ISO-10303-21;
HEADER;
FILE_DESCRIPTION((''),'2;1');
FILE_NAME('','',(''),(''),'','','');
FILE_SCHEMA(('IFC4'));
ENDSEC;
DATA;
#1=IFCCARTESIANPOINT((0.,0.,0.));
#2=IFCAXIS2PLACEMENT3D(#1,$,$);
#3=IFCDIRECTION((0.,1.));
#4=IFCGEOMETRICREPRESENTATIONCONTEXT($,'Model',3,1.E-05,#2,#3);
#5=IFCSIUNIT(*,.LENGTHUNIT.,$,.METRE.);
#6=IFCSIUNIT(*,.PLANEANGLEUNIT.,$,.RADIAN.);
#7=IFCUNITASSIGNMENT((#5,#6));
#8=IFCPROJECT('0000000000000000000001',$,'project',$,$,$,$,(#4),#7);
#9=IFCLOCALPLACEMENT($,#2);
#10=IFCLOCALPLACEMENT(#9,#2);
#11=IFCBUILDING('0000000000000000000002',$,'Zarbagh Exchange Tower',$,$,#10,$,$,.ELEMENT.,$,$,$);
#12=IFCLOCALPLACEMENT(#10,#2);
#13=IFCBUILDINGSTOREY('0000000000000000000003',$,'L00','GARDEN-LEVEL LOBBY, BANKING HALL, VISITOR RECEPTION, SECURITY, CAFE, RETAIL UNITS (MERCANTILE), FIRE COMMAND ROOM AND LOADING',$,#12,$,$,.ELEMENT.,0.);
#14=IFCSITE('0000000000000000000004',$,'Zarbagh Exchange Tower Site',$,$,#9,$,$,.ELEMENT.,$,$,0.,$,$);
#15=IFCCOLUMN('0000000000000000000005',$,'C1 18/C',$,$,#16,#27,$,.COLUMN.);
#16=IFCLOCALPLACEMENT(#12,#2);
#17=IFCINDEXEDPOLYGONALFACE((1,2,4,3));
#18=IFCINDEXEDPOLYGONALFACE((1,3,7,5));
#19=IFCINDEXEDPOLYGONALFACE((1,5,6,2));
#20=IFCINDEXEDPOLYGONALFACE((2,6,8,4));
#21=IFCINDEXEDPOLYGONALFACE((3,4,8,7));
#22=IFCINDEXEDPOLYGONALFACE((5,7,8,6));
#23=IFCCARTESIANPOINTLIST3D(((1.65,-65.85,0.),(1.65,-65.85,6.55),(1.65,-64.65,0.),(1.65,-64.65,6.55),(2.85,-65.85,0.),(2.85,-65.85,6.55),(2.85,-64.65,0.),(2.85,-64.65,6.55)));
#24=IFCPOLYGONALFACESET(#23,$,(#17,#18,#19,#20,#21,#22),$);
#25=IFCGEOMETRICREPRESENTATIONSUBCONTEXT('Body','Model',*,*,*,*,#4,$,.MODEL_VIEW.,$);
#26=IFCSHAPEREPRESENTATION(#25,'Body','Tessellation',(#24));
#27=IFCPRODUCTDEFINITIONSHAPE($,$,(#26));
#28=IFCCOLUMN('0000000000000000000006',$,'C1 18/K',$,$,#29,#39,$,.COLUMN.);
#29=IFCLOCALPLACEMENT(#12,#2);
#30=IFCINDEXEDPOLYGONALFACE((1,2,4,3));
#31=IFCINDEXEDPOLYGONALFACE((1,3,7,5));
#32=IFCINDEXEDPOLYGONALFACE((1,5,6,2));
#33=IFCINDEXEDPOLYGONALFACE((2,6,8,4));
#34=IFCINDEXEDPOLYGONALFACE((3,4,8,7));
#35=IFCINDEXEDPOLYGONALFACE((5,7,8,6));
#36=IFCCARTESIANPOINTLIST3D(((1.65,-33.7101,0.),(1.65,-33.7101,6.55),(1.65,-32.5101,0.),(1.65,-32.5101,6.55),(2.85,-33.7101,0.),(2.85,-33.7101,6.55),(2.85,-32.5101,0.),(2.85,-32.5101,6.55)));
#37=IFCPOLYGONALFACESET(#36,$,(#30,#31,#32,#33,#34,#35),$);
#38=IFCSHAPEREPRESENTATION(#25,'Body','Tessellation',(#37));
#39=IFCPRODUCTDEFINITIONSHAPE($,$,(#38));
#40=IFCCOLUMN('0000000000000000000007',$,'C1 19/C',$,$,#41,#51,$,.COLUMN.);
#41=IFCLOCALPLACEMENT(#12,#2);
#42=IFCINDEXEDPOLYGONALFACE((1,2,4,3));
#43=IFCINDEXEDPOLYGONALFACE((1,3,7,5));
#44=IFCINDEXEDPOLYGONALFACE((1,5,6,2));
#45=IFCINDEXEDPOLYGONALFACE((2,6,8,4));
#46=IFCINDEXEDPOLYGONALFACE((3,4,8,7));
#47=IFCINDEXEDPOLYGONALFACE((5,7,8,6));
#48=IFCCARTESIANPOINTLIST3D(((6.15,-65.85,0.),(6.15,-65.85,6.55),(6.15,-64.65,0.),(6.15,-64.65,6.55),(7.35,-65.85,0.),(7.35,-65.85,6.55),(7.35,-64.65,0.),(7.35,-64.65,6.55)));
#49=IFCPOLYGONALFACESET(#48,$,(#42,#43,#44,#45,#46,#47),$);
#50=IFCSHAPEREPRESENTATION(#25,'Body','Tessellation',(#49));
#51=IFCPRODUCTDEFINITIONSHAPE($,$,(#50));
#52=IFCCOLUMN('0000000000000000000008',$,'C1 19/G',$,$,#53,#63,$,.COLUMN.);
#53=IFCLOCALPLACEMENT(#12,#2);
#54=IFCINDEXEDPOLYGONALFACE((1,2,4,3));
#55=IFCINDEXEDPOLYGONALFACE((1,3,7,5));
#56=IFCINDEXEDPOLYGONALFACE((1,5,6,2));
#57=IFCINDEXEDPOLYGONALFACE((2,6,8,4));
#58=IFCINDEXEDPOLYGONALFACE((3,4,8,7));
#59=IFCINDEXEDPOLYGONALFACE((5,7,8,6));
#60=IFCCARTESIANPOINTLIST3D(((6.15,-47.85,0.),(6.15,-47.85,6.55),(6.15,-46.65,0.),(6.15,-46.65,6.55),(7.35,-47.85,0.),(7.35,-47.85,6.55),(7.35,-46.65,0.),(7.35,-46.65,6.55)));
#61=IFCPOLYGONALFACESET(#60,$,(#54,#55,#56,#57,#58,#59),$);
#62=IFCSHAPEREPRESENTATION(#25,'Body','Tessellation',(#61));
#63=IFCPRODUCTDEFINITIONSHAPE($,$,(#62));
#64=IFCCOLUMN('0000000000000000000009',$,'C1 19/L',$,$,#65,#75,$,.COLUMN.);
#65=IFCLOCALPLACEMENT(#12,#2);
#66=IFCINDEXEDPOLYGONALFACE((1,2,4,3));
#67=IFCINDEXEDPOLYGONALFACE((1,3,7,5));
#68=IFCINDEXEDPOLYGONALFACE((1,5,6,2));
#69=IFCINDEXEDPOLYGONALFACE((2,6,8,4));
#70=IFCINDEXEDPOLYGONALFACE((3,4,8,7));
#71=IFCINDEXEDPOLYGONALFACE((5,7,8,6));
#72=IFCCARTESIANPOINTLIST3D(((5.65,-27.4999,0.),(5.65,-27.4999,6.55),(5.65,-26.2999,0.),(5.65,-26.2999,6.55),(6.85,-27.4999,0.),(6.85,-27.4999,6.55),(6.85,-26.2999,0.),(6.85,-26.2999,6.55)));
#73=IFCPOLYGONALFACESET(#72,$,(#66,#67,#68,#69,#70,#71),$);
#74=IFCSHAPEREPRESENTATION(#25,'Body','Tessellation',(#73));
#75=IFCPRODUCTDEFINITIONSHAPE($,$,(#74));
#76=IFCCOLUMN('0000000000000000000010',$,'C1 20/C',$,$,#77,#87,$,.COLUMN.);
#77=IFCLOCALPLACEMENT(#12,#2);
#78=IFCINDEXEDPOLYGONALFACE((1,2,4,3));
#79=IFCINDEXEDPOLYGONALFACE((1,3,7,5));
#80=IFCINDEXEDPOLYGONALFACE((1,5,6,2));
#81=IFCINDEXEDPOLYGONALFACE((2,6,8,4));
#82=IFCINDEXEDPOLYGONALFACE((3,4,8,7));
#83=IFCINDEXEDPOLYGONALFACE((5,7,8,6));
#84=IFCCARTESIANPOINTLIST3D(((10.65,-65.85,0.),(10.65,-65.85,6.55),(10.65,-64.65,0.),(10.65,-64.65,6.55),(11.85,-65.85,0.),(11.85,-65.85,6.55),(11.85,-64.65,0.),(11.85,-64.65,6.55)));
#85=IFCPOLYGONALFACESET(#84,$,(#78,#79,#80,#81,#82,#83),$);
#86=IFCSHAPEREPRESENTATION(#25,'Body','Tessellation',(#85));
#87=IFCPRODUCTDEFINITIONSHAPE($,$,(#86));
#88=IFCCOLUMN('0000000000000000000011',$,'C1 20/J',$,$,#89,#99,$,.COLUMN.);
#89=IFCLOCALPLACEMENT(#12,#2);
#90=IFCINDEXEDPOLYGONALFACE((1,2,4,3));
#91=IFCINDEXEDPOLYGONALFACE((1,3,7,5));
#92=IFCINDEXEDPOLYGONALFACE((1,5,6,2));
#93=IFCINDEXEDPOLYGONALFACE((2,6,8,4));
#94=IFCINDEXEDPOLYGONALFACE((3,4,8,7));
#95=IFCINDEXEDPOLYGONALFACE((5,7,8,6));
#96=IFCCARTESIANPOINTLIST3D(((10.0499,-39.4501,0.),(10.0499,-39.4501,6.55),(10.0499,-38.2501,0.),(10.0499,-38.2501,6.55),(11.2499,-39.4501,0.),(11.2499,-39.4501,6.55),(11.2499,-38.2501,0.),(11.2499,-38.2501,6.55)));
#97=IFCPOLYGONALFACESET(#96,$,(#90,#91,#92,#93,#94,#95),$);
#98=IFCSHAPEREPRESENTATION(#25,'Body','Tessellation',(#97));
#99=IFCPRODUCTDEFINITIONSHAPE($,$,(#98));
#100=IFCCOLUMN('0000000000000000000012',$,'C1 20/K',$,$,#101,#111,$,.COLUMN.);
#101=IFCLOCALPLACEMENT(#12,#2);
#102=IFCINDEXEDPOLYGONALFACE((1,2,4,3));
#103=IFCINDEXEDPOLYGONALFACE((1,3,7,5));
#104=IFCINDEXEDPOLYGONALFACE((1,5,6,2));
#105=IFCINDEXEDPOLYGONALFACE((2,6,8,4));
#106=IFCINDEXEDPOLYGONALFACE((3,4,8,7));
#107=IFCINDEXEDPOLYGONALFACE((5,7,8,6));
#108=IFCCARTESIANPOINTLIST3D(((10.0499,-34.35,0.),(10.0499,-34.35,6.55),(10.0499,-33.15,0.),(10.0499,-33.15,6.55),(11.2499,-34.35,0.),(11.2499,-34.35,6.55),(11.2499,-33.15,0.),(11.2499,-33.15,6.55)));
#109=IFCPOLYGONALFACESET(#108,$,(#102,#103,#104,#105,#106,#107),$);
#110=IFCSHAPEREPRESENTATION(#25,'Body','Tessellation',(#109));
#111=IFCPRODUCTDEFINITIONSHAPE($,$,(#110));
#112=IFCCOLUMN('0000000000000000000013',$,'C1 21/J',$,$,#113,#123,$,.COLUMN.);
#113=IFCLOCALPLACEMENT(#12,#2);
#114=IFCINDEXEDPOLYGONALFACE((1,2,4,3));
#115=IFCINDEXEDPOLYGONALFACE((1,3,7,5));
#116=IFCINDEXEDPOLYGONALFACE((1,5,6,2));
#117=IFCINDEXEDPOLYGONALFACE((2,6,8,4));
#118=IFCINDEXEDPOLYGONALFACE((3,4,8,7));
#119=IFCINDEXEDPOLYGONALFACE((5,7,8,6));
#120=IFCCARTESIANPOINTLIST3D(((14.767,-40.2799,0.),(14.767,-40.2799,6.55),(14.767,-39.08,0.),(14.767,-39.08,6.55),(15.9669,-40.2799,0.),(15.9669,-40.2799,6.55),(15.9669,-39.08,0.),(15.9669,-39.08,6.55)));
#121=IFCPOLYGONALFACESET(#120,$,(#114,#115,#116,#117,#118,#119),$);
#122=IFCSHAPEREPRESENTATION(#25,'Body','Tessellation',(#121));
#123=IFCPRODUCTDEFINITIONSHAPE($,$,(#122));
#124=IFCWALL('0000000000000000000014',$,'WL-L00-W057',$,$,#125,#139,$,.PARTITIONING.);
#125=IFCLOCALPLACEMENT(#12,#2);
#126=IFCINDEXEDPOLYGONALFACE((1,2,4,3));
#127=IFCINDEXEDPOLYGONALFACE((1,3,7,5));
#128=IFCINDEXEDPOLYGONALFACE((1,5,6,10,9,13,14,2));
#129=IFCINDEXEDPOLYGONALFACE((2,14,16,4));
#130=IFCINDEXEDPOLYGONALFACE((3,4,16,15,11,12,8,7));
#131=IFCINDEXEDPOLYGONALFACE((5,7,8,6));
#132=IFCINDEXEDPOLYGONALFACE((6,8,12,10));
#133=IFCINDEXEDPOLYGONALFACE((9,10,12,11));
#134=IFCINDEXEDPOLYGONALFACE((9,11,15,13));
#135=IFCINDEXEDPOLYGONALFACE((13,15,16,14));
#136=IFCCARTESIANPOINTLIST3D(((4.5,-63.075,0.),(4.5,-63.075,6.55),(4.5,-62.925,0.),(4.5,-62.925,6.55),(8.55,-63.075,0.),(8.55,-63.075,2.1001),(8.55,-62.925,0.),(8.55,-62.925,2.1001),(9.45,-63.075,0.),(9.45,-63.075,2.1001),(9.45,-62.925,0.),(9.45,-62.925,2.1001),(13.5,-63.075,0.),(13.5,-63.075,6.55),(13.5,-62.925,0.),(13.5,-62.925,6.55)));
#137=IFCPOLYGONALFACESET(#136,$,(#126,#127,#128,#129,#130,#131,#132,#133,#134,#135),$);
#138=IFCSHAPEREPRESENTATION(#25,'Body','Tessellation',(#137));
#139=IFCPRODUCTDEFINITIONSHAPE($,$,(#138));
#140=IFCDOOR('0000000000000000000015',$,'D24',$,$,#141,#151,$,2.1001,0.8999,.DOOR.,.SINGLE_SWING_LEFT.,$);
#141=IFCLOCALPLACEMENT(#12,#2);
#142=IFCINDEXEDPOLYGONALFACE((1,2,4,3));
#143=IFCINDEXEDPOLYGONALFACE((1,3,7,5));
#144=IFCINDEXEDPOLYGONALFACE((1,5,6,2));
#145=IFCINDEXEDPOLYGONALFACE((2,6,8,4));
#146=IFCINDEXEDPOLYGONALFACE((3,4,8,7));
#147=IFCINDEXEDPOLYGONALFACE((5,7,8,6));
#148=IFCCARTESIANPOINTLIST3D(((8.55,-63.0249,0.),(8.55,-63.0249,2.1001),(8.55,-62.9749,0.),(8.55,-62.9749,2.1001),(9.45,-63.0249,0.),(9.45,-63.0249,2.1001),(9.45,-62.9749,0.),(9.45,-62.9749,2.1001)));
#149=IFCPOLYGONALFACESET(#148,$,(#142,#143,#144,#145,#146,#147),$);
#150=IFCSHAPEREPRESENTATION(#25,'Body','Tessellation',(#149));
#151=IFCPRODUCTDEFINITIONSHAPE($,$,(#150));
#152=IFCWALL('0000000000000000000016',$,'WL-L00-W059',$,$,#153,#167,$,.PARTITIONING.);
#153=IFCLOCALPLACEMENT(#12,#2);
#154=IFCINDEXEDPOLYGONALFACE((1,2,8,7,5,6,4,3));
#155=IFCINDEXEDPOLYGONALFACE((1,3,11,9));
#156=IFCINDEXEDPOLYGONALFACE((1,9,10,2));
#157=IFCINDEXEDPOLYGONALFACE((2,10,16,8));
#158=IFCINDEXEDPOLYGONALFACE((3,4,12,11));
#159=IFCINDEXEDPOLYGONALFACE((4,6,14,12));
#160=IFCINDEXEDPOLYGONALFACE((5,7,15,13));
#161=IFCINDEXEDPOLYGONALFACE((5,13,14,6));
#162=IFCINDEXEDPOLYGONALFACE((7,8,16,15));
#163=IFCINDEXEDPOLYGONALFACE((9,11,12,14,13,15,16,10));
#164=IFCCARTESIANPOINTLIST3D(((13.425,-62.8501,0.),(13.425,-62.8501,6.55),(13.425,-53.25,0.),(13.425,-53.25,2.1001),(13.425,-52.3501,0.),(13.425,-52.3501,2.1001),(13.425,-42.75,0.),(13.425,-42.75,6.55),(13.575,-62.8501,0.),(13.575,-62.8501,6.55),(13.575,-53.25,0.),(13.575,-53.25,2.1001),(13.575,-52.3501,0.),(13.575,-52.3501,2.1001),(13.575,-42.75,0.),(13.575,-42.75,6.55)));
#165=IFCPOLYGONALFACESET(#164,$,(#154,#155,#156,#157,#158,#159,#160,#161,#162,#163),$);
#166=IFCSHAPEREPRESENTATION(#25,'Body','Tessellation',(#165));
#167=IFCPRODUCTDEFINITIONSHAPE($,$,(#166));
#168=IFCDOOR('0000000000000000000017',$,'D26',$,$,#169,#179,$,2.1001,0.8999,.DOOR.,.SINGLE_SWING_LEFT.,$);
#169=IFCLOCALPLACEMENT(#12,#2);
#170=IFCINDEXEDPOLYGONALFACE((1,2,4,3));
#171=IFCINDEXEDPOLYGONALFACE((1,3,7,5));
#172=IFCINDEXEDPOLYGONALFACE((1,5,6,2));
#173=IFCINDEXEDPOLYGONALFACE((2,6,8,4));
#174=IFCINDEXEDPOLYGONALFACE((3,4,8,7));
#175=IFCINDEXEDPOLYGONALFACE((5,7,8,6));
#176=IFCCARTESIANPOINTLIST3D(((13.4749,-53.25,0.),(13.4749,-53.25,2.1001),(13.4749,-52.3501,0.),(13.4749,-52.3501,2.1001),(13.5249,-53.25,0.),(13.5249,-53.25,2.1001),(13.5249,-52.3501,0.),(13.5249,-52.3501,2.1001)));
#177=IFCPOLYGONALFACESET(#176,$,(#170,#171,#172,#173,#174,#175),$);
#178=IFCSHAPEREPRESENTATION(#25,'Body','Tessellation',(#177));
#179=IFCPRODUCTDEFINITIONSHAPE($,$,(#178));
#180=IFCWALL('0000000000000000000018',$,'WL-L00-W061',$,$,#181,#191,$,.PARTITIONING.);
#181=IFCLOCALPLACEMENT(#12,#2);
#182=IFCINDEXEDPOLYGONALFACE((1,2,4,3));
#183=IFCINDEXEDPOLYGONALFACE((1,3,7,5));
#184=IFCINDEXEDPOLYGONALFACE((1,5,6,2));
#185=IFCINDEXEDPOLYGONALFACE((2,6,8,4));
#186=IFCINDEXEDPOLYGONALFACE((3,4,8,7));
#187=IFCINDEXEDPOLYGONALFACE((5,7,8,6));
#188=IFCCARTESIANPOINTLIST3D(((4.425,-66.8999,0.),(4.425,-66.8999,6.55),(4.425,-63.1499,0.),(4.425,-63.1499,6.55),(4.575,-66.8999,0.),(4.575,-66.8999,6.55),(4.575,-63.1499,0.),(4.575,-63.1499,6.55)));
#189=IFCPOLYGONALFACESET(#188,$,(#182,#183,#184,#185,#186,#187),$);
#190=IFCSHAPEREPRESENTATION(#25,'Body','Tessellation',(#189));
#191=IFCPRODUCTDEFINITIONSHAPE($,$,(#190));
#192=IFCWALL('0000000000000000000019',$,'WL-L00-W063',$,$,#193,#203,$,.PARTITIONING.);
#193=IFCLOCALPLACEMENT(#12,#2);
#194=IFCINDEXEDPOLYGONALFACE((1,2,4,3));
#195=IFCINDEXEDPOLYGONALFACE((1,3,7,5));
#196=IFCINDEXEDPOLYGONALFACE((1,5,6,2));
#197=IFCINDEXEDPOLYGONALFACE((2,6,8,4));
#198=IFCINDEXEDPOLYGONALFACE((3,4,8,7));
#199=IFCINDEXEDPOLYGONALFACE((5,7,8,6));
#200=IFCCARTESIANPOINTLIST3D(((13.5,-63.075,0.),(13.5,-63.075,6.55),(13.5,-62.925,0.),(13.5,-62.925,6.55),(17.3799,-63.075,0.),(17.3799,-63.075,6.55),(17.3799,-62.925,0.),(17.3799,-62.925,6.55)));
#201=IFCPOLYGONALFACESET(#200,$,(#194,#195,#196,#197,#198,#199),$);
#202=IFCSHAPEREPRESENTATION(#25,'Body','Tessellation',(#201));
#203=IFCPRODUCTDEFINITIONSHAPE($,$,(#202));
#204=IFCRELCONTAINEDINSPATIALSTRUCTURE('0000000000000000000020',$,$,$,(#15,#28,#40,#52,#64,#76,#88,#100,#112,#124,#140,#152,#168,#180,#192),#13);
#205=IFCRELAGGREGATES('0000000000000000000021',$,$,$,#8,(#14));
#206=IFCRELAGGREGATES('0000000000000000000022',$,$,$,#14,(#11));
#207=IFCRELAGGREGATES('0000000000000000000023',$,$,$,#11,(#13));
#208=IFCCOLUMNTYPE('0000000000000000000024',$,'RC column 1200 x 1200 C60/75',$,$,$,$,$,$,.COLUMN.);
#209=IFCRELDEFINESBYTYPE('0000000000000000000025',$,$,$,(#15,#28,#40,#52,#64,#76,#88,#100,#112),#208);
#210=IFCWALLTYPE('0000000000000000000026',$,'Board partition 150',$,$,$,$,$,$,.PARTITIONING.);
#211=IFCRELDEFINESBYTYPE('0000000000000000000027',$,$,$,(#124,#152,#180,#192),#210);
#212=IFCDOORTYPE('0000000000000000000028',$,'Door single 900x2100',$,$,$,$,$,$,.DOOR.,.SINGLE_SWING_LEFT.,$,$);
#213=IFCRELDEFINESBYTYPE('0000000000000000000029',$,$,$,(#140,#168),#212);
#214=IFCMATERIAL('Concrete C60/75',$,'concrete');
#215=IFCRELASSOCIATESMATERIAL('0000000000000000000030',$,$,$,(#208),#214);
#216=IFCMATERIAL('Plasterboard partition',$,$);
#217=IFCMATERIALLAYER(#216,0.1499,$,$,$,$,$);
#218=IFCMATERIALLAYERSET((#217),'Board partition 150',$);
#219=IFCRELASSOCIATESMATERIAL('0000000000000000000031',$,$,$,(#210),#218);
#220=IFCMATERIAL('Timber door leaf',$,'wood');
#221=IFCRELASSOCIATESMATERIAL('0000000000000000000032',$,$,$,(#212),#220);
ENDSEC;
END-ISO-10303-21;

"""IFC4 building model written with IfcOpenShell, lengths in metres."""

from ifc_helpers import new_model, si_unit, direction, frame, frame_2d, origin, origin_2d, place, context, subcontext, project, spatial, rectangle, extrude, material, layer, layer_set, material_profile, profile_set, type_object, element, fill, save


model = new_model("IFC4")

# Units and contexts
model_context = context("Model", 3, precision=1e-05, world=origin(), true_north=direction((0.0, 1.0)))
body_context = subcontext(model_context, "Body", "Model", "MODEL_VIEW")
ifc_project = project(units=[si_unit("LENGTHUNIT", "METRE"), si_unit("PLANEANGLEUNIT", "RADIAN")], contexts=[model_context])

# Site, building, storey
site_placement = place(None, origin())
site = spatial("IfcSite", under=ifc_project, at=site_placement, Name="Zarbagh Exchange Tower Site", CompositionType="ELEMENT", RefElevation=0.0)
building_placement = place(site_placement, origin())
building = spatial("IfcBuilding", under=site, at=building_placement, Name="Zarbagh Exchange Tower", CompositionType="ELEMENT")
storey_placement = place(building_placement, origin())
storey = spatial("IfcBuildingStorey", under=building, at=storey_placement, Name="L00", Description="GARDEN-LEVEL LOBBY, BANKING HALL, VISITOR RECEPTION, SECURITY, CAFE, RETAIL UNITS (MERCANTILE), FIRE COMMAND ROOM AND LOADING", CompositionType="ELEMENT", Elevation=0.0)

# Columns
ifc_material_1 = material(Name="Concrete C60/75", Category="concrete")
ifc_material_profile = material_profile(ifc_material_1, rectangle(XDim=1.2, YDim=1.2, at=origin_2d()), Name="RC column 1200 x 1200 C60/75")
ifc_profile_set = profile_set([ifc_material_profile], Name="Concrete C60/75")
column_type = type_object("IfcColumnType", Name="RC column 1200 x 1200 C60/75", PredefinedType="COLUMN", material=ifc_profile_set)
for number, where, z_axis, x_axis, name in (
    (1, (2.25, -65.25, 0.0), (0.0, 0.0, 1.0), (1.0, 0.0, 0.0), "C1 18/C"),
    (2, (2.25, -33.1101, 0.0), (0.0, 0.0, 1.0), (1.0, 0.0, 0.0), "C1 18/K"),
    (3, (6.75, -65.25, 0.0), (0.0, 0.0, 1.0), (1.0, 0.0, 0.0), "C1 19/C"),
    (4, (6.75, -47.25, 0.0), (0.0, 0.0, 1.0), (1.0, 0.0, 0.0), "C1 19/G"),
    (5, (6.25, -26.8999, 0.0), (0.0, 0.0, 1.0), (1.0, 0.0, 0.0), "C1 19/L"),
    (6, (11.25, -65.25, 0.0), (0.0, 0.0, 1.0), (1.0, 0.0, 0.0), "C1 20/C"),
    (7, (10.6499, -38.8501, 0.0), (0.0, 0.0, 1.0), (1.0, 0.0, 0.0), "C1 20/J"),
    (8, (10.6499, -33.75, 0.0), (0.0, 0.0, 1.0), (1.0, 0.0, 0.0), "C1 20/K"),
    (9, (15.3669, -39.6799, 0.0), (0.0, 0.0, 1.0), (1.0, 0.0, 0.0), "C1 21/J"),
):
    element("IfcColumn", number, at=place(storey_placement, frame(where, z_axis=z_axis, x_axis=x_axis)), inside=storey, type_object=column_type, Name=name, PredefinedType="COLUMN", context=body_context, shape_type="SweptSolid", body=[
        extrude(rectangle(XDim=1.2, YDim=1.2, at=origin_2d()), origin(), (0.0, 0.0, 1.0), 6.55),
    ])

# Walls, openings, doors
ifc_material_2 = material(Name="Plasterboard partition")
ifc_layer_1 = layer(ifc_material_2, 0.1499)
ifc_layer_set_1 = layer_set([ifc_layer_1], Name="Board partition 150")
wall_type_1 = type_object("IfcWallType", Name="Board partition 150", PredefinedType="PARTITIONING", material=ifc_layer_set_1)
wall_1_placement = place(storey_placement, frame((13.5, -63.0, 0.0), z_axis=(0.0, 0.0, 1.0), x_axis=(-1.0, 0.0, 0.0)))
wall_1 = element("IfcWall", 10, at=wall_1_placement, inside=storey, type_object=wall_type_1, Name="WL-L00-W057", PredefinedType="PARTITIONING", context=body_context, shape_type="SweptSolid", body=[
    extrude(rectangle(XDim=9.0, YDim=0.1499, at=frame_2d((4.5, 0.0))), origin(), (0.0, 0.0, 1.0), 6.55),
])
opening_1_placement = place(wall_1_placement, frame((4.05, 0.0, 0.0)))
opening_1 = element("IfcOpeningElement", 11, at=opening_1_placement, cuts=wall_1, PredefinedType="OPENING", context=body_context, shape_type="SweptSolid", body=[
    extrude(rectangle(XDim=0.8999, YDim=2.1001, at=frame_2d((0.45, 1.05))), frame((0.0, 0.085, 0.0), z_axis=(0.0, -1.0, 0.0), x_axis=(1.0, 0.0, 0.0)), (0.0, 0.0, 1.0), 0.1699),
])
ifc_material_3 = material(Name="Timber door leaf", Category="wood")
door_type_1 = type_object("IfcDoorType", Name="Door single 900x2100", OperationType="SINGLE_SWING_LEFT", PredefinedType="DOOR", material=ifc_material_3)
door_1_placement = place(opening_1_placement, origin())
door_1 = element("IfcDoor", 12, at=door_1_placement, inside=storey, type_object=door_type_1, Name="D24", OperationType="SINGLE_SWING_LEFT", OverallHeight=2.1001, OverallWidth=0.8999, PredefinedType="DOOR", context=body_context, shape_type="SweptSolid", body=[
    extrude(rectangle(XDim=0.8999, YDim=2.1001, at=frame_2d((0.45, 1.05))), frame((0.0, 0.0249, 0.0), z_axis=(0.0, -1.0, 0.0), x_axis=(1.0, 0.0, 0.0)), (0.0, 0.0, 1.0), 0.05),
])
fill(opening_1, door_1)
wall_2_placement = place(storey_placement, frame((13.5, -42.75, 0.0), z_axis=(0.0, 0.0, 1.0), x_axis=(0.0, -1.0, 0.0)))
wall_2 = element("IfcWall", 13, at=wall_2_placement, inside=storey, type_object=wall_type_1, Name="WL-L00-W059", PredefinedType="PARTITIONING", context=body_context, shape_type="SweptSolid", body=[
    extrude(rectangle(XDim=20.1001, YDim=0.1499, at=frame_2d((10.05, 0.0))), origin(), (0.0, 0.0, 1.0), 6.55),
])
opening_2_placement = place(wall_2_placement, frame((9.6001, 0.0, 0.0)))
opening_2 = element("IfcOpeningElement", 14, at=opening_2_placement, cuts=wall_2, PredefinedType="OPENING", context=body_context, shape_type="SweptSolid", body=[
    extrude(rectangle(XDim=0.8999, YDim=2.1001, at=frame_2d((0.45, 1.05))), frame((0.0, 0.085, 0.0), z_axis=(0.0, -1.0, 0.0), x_axis=(1.0, 0.0, 0.0)), (0.0, 0.0, 1.0), 0.1699),
])
door_2_placement = place(opening_2_placement, origin())
door_2 = element("IfcDoor", 15, at=door_2_placement, inside=storey, type_object=door_type_1, Name="D26", OperationType="SINGLE_SWING_LEFT", OverallHeight=2.1001, OverallWidth=0.8999, PredefinedType="DOOR", context=body_context, shape_type="SweptSolid", body=[
    extrude(rectangle(XDim=0.8999, YDim=2.1001, at=frame_2d((0.45, 1.05))), frame((0.0, 0.0249, 0.0), z_axis=(0.0, -1.0, 0.0), x_axis=(1.0, 0.0, 0.0)), (0.0, 0.0, 1.0), 0.05),
])
fill(opening_2, door_2)

# Walls
wall_3_placement = place(storey_placement, frame((4.5, -63.1499, 0.0), z_axis=(0.0, 0.0, 1.0), x_axis=(0.0, -1.0, 0.0)))
element("IfcWall", 16, at=wall_3_placement, inside=storey, type_object=wall_type_1, Name="WL-L00-W061", PredefinedType="PARTITIONING", context=body_context, shape_type="SweptSolid", body=[
    extrude(rectangle(XDim=3.75, YDim=0.1499, at=frame_2d((1.875, 0.0))), origin(), (0.0, 0.0, 1.0), 6.55),
])
wall_4_placement = place(storey_placement, frame((13.5, -63.0, 0.0), z_axis=(0.0, 0.0, 1.0), x_axis=(1.0, 0.0, 0.0)))
element("IfcWall", 17, at=wall_4_placement, inside=storey, type_object=wall_type_1, Name="WL-L00-W063", PredefinedType="PARTITIONING", context=body_context, shape_type="SweptSolid", body=[
    extrude(rectangle(XDim=3.8799, YDim=0.1499, at=frame_2d((1.9399, 0.0))), origin(), (0.0, 0.0, 1.0), 6.55),
])

save(model, "model.ifc")
